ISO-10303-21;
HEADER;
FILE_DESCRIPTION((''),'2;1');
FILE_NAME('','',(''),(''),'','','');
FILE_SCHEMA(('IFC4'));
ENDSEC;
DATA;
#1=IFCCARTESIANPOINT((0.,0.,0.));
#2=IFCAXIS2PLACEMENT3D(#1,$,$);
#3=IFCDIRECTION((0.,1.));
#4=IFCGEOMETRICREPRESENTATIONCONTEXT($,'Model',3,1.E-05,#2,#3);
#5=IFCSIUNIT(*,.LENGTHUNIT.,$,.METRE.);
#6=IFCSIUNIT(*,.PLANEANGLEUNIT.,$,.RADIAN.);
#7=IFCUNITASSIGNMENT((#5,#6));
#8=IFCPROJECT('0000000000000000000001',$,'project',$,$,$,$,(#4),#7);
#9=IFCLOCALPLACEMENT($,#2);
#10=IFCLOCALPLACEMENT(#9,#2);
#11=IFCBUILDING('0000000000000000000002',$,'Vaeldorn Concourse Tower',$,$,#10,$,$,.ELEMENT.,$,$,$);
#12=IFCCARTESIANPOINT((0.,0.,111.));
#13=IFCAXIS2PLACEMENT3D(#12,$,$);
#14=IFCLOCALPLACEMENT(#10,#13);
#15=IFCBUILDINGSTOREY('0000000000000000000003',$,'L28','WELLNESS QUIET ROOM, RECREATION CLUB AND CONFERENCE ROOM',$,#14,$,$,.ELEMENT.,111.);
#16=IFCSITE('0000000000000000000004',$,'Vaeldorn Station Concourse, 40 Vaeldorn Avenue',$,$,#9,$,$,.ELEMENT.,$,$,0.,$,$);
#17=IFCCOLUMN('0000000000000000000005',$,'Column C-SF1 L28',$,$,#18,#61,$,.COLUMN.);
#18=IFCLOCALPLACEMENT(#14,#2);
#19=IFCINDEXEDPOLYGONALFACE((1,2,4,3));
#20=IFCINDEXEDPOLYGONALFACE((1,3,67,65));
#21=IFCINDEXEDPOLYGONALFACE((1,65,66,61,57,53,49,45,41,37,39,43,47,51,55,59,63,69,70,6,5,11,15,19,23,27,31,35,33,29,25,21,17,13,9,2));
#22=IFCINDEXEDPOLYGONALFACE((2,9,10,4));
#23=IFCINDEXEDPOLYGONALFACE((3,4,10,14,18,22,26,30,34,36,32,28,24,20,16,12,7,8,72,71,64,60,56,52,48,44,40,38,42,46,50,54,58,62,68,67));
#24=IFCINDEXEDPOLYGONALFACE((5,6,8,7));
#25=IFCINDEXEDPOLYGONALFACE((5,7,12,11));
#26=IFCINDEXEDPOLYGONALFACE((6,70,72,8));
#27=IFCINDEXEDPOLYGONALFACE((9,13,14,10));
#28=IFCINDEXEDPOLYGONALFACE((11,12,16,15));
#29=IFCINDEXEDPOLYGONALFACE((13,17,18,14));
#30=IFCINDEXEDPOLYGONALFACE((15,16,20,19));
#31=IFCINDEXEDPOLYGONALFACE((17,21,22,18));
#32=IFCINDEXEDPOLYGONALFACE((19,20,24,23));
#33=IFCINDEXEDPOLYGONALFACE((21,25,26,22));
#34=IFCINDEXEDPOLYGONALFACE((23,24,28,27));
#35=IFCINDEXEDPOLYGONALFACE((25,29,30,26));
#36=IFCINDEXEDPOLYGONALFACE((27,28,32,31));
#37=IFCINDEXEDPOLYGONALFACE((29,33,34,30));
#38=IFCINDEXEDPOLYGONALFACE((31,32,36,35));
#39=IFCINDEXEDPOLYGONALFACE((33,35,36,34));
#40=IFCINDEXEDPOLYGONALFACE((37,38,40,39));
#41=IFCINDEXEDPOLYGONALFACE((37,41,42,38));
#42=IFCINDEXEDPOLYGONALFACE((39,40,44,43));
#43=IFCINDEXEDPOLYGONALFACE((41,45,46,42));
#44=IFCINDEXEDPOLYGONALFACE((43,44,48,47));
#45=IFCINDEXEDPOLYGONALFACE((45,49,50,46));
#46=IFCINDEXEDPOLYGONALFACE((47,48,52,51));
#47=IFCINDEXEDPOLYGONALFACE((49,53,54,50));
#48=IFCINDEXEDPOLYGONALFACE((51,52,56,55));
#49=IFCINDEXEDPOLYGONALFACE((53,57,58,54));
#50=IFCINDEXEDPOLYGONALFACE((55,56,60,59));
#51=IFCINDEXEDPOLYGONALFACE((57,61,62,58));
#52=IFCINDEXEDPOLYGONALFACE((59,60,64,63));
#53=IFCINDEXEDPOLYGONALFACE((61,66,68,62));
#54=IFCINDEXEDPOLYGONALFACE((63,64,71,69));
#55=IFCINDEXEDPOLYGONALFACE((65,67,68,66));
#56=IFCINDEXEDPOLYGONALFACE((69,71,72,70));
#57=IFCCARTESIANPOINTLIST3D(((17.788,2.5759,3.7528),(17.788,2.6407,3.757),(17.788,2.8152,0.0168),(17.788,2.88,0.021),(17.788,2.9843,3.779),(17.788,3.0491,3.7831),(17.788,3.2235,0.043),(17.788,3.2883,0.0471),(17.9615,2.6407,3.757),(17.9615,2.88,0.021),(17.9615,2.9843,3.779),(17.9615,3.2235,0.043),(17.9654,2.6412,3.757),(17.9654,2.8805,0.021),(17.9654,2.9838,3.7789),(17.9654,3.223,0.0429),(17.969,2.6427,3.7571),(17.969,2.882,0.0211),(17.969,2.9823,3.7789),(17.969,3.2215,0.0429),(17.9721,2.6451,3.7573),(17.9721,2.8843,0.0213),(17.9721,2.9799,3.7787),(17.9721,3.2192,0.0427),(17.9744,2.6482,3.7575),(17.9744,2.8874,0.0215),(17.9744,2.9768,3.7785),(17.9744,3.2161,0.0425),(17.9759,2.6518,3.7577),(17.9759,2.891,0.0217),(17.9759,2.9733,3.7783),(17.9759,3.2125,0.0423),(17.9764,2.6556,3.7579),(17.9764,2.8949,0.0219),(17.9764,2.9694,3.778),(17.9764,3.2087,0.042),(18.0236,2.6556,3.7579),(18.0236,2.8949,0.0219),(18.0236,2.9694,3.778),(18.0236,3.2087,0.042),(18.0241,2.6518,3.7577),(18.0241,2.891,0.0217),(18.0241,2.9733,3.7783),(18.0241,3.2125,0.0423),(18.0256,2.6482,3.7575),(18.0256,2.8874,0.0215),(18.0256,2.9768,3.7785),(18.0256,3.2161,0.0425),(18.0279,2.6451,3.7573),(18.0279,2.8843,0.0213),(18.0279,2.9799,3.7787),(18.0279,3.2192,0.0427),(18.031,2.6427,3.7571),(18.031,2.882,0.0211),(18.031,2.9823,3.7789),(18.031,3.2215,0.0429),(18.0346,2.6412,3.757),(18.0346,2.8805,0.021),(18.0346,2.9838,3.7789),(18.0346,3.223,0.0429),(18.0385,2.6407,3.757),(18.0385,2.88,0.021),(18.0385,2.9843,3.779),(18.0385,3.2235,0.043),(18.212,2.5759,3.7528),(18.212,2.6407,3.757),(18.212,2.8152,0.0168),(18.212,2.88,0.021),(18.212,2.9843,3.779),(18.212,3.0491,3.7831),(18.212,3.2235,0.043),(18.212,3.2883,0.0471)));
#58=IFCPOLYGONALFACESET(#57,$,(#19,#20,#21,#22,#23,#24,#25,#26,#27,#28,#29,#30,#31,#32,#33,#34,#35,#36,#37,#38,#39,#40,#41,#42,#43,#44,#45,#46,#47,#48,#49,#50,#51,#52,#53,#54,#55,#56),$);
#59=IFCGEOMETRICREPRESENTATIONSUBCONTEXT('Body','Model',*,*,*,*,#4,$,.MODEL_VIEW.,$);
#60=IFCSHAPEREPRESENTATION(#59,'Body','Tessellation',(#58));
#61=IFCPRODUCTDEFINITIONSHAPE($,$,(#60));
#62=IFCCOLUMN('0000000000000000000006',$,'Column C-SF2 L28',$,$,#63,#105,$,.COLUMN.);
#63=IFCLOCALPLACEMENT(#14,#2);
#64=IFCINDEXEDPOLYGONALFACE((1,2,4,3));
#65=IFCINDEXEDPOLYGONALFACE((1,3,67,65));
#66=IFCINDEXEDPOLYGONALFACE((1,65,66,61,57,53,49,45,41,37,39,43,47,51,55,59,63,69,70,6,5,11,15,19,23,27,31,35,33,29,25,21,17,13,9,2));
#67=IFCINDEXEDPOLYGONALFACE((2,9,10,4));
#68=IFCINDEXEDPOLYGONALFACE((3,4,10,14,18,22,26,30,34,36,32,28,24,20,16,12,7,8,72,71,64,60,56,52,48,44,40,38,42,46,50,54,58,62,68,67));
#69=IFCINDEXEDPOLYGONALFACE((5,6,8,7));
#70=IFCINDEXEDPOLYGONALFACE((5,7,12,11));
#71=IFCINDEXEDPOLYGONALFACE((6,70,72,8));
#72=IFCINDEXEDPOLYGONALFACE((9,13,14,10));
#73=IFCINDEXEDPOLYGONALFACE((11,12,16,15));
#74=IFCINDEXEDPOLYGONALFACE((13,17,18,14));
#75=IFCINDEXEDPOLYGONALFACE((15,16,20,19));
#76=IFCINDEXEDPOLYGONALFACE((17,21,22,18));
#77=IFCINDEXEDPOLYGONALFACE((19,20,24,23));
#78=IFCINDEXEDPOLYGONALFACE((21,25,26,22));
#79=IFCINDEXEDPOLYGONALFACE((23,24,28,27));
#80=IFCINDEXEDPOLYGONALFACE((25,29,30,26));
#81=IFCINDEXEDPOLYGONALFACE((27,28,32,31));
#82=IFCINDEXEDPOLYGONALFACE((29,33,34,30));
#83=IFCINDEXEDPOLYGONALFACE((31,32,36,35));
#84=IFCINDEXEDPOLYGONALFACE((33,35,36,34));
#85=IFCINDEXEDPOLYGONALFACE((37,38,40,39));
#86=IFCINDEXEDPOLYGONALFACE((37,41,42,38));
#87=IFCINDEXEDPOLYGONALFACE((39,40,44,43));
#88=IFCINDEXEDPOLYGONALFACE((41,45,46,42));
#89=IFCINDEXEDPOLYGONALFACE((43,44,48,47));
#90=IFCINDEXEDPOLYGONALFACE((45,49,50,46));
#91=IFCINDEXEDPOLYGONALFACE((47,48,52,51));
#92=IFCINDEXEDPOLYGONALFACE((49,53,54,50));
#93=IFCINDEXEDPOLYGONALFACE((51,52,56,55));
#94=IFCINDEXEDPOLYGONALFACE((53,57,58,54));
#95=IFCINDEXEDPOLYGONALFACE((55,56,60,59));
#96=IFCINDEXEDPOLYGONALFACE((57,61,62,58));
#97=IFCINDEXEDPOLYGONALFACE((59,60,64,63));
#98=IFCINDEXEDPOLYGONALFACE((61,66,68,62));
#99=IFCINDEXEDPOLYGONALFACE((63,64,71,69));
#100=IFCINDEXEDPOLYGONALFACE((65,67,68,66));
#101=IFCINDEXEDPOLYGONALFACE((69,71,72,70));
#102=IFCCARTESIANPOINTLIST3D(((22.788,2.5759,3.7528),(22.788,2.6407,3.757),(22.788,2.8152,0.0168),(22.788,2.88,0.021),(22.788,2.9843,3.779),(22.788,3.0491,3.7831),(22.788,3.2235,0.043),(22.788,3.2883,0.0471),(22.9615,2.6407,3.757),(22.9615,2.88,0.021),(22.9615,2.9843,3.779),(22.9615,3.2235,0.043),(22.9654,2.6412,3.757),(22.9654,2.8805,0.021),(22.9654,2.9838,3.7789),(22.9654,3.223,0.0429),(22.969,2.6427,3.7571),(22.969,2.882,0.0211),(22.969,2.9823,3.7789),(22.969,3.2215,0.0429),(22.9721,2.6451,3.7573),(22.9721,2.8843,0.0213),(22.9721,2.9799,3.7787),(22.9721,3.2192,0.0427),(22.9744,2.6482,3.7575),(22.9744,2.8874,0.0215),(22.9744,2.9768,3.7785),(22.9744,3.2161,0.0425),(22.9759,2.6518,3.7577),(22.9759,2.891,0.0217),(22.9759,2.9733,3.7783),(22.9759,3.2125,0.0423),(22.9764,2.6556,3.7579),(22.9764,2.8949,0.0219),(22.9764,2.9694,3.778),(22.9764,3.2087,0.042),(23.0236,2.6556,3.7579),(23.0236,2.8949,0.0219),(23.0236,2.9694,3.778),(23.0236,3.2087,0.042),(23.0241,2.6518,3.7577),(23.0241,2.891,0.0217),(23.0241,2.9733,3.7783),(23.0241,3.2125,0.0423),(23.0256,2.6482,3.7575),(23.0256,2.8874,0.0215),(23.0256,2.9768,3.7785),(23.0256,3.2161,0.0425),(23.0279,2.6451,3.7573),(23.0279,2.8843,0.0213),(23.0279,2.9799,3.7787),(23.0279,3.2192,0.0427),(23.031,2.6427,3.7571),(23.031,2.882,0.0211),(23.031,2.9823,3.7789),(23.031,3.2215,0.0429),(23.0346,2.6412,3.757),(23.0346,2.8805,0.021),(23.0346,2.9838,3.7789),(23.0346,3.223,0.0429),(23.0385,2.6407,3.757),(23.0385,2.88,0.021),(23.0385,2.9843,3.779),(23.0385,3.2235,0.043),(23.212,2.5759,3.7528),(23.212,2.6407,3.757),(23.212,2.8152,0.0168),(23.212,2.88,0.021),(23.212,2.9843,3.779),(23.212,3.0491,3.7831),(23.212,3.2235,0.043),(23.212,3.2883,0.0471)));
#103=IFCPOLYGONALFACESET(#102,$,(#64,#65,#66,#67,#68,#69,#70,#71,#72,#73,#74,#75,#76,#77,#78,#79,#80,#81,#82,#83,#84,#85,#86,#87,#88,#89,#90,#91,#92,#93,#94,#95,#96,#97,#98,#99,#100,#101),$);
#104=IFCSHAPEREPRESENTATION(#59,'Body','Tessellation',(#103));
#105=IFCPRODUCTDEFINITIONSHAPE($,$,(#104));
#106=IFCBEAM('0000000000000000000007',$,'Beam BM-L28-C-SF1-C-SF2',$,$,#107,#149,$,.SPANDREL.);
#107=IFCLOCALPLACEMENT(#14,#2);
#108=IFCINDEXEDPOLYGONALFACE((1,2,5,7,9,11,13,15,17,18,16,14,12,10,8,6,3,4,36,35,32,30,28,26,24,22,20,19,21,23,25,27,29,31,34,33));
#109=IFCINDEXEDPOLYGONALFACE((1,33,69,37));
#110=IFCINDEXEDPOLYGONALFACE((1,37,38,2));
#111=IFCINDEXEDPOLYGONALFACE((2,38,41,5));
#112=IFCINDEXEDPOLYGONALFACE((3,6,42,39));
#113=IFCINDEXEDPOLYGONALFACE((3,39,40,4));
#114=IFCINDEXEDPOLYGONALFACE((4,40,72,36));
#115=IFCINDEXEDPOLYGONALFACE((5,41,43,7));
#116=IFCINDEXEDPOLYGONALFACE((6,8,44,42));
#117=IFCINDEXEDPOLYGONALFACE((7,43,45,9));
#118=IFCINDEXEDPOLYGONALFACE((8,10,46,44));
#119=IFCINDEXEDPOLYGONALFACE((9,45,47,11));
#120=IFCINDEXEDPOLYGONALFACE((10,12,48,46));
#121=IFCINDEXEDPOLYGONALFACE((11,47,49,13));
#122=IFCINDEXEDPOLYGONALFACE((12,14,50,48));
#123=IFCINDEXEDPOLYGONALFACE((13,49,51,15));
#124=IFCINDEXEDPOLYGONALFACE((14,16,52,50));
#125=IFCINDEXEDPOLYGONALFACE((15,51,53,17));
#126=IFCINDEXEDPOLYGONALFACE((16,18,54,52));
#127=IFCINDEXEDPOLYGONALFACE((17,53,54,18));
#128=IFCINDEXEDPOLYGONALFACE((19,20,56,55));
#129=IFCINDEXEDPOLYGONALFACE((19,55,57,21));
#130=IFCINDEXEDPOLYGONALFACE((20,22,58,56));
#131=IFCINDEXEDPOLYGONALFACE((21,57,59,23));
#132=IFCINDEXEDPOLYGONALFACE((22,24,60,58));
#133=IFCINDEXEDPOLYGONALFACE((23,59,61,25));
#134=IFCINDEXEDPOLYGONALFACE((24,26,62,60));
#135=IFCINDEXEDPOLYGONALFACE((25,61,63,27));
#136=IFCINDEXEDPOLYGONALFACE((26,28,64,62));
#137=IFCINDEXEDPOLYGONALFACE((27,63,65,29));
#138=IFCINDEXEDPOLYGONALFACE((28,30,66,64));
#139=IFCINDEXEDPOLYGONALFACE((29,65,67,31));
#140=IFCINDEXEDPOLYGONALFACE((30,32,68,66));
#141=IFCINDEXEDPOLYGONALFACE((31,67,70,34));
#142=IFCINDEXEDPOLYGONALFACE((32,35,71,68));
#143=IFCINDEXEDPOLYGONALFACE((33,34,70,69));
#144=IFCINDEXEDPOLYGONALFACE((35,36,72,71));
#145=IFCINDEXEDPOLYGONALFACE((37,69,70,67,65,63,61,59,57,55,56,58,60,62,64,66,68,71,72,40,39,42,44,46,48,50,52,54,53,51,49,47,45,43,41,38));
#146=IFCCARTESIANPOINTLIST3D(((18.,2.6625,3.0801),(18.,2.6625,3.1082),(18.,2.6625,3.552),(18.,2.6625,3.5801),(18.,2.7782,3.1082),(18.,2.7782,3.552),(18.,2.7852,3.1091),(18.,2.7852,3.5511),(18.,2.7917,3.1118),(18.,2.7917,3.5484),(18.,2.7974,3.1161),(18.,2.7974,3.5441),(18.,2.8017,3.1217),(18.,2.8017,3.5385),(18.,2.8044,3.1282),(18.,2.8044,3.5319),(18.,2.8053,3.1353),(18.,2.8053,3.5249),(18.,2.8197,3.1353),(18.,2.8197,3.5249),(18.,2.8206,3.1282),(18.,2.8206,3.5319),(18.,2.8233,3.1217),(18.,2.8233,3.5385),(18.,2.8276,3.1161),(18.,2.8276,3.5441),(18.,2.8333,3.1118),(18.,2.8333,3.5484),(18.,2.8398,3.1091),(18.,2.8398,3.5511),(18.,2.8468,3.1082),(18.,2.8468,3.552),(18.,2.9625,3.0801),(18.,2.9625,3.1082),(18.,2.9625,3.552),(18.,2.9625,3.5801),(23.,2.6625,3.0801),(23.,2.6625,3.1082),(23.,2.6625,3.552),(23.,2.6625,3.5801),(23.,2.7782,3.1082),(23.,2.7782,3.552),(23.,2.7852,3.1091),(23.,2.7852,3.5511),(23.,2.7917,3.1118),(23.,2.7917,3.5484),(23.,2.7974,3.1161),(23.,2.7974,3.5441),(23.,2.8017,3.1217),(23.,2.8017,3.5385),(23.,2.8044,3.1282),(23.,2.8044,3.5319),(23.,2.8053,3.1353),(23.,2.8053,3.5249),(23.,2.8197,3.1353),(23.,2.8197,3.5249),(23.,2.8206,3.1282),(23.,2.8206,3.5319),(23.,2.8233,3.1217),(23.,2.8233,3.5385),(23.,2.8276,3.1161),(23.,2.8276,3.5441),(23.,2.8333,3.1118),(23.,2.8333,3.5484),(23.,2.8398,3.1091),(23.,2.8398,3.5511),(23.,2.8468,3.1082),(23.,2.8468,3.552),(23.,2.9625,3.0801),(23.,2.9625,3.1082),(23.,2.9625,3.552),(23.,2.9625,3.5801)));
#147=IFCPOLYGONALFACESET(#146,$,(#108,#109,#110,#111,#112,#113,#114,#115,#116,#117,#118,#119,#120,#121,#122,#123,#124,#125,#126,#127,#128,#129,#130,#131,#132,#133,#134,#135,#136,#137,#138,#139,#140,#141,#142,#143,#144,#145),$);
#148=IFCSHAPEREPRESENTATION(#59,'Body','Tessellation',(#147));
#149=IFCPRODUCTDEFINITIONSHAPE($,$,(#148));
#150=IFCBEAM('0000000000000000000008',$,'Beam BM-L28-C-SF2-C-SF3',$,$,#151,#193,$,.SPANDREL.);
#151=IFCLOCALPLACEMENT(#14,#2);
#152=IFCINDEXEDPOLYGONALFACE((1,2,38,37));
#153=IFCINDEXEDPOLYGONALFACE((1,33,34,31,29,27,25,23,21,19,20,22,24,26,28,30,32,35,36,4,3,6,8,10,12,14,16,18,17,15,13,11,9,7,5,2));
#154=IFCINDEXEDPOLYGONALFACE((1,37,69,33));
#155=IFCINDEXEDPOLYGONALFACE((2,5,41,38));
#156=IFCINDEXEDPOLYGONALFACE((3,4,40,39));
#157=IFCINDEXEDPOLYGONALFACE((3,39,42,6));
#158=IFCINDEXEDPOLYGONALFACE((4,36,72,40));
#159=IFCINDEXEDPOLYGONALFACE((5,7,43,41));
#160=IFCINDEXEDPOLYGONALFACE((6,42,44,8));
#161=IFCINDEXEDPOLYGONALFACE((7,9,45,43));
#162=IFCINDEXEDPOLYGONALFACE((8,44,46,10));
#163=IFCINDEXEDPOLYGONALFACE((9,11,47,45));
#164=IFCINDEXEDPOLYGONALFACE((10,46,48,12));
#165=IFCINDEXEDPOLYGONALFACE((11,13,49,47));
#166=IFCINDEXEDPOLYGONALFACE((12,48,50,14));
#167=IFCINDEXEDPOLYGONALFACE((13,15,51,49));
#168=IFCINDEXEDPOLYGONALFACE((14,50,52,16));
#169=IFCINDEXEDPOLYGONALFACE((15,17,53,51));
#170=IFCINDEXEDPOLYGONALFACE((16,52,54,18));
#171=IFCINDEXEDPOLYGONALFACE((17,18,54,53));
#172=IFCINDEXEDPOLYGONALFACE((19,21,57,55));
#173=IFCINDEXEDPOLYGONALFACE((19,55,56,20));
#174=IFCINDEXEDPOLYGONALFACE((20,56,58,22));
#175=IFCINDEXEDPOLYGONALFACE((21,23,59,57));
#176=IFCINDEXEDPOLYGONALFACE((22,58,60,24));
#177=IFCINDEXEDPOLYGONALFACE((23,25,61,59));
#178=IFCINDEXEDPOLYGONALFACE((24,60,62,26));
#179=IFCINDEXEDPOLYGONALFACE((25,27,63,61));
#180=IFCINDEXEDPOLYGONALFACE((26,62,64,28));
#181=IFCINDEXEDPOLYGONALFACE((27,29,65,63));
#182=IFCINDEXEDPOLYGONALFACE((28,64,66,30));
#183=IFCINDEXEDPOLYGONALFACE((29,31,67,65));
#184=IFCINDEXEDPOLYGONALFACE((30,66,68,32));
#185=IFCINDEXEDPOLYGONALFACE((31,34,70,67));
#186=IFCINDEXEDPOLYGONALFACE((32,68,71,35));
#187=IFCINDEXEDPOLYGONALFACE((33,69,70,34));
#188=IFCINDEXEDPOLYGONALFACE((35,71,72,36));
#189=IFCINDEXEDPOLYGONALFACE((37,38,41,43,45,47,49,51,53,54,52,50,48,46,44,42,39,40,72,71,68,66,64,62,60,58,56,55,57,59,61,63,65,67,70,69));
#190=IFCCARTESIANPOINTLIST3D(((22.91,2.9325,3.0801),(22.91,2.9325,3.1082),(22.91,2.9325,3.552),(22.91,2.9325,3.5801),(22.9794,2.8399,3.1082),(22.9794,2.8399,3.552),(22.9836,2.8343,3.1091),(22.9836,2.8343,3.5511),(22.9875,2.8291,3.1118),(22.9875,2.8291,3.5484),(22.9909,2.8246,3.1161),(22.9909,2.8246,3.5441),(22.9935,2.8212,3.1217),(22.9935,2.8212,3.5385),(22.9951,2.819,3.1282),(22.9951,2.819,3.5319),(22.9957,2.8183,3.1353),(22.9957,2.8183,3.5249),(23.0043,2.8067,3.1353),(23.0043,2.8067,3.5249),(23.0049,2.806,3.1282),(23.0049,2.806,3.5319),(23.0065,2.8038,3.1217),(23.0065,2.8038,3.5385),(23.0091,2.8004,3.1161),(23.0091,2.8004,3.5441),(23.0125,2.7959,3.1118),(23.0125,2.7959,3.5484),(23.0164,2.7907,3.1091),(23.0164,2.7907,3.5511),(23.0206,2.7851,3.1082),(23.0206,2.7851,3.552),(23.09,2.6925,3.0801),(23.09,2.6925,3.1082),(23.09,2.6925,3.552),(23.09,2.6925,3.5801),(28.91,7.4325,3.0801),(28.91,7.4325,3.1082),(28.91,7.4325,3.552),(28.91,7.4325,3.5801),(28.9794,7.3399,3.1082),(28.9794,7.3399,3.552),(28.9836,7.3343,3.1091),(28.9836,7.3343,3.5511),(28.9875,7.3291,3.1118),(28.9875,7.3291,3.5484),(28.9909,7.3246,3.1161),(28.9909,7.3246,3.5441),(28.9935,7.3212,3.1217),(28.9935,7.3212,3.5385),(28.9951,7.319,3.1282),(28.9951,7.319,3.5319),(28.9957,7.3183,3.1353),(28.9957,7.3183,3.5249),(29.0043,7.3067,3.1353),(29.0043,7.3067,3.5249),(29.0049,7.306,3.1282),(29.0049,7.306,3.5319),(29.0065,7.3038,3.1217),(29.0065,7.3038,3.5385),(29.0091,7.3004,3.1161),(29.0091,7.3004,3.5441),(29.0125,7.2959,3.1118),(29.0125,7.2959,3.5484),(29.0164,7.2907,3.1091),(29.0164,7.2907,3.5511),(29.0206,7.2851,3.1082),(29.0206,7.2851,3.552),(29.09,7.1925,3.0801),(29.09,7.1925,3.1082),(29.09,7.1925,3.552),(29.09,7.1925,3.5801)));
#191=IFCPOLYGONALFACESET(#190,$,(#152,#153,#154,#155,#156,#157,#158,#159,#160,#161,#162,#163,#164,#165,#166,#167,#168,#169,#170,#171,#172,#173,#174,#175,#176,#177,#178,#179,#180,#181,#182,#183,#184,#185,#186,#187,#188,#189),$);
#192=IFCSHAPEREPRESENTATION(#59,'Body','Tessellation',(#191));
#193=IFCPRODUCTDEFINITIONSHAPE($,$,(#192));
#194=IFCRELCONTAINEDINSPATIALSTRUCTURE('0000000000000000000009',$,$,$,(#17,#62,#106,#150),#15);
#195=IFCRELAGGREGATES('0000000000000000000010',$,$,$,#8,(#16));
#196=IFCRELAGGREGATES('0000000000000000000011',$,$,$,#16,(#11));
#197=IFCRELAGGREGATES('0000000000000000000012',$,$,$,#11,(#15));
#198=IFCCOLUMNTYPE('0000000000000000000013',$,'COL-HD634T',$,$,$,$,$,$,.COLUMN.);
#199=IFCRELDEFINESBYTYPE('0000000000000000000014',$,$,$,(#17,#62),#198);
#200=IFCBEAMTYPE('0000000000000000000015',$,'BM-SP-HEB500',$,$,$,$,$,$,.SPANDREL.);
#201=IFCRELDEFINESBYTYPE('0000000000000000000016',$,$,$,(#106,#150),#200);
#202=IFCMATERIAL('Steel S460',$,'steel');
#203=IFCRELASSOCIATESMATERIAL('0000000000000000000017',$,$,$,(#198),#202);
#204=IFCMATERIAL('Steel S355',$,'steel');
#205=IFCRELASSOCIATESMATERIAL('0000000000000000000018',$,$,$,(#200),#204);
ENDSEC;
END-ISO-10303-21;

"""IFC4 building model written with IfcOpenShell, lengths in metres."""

from ifc_helpers import new_model, si_unit, direction, frame, origin, origin_2d, place, context, subcontext, project, spatial, i_section, extrude, source, transform, mapped, material, material_profile, profile_set, type_object, element, save


model = new_model("IFC4")

# Units and contexts
model_context = context("Model", 3, precision=1e-05, world=origin(), true_north=direction((0.0, 1.0)))
body_context = subcontext(model_context, "Body", "Model", "MODEL_VIEW")
ifc_project = project(units=[si_unit("LENGTHUNIT", "METRE"), si_unit("PLANEANGLEUNIT", "RADIAN")], contexts=[model_context])

# Site, building, storey
site_placement = place(None, origin())
site = spatial("IfcSite", under=ifc_project, at=site_placement, Name="Vaeldorn Station Concourse, 40 Vaeldorn Avenue", CompositionType="ELEMENT", RefElevation=0.0)
building_placement = place(site_placement, origin())
building = spatial("IfcBuilding", under=site, at=building_placement, Name="Vaeldorn Concourse Tower", CompositionType="ELEMENT")
storey_placement = place(building_placement, frame((0.0, 0.0, 111.0)))
storey = spatial("IfcBuildingStorey", under=building, at=storey_placement, Name="L28", Description="WELLNESS QUIET ROOM, RECREATION CLUB AND CONFERENCE ROOM", CompositionType="ELEMENT", Elevation=111.0)

# Columns
ifc_material_1 = material(Name="Steel S460", Category="steel")
ifc_material_profile_1 = material_profile(ifc_material_1, i_section(OverallWidth=0.4241, OverallDepth=0.4741, WebThickness=0.0471, FlangeThickness=0.0649, FilletRadius=0.0149, at=origin_2d()), Name="HD 400x634")
ifc_profile_set_1 = profile_set([ifc_material_profile_1], Name="Steel S460")
column_type = type_object("IfcColumnType", Name="COL-HD634T", PredefinedType="COLUMN", material=ifc_profile_set_1)
shared_shape_1 = source(origin(), body_context, "Body", "SweptSolid", [
    extrude(i_section(OverallWidth=0.4241, OverallDepth=0.4741, WebThickness=0.0471, FlangeThickness=0.0649, FilletRadius=0.0149, at=origin_2d()), origin(), (0.0, 0.0, 1.0), 3.7437),
])
for number, where, z_axis, x_axis, name in (
    (1, (18.0, 3.0518, 0.032), (0.0, -0.063909, 0.997956), (1.0, 0.0, 0.0), "Column C-SF1 L28"),
    (2, (23.0, 3.0518, 0.032), (0.0, -0.063909, 0.997956), (1.0, 0.0, 0.0), "Column C-SF2 L28"),
):
    element("IfcColumn", number, at=place(storey_placement, frame(where, z_axis=z_axis, x_axis=x_axis)), inside=storey, type_object=column_type, Name=name, PredefinedType="COLUMN", context=body_context, shape_type="MappedRepresentation", body=[
        mapped(shared_shape_1, transform((0.0, 0.0, 0.0), scale=1.0)),
    ])

# Beams
ifc_material_2 = material(Name="Steel S355", Category="steel")
ifc_material_profile_2 = material_profile(ifc_material_2, i_section(OverallWidth=0.3, OverallDepth=0.5, WebThickness=0.0144, FlangeThickness=0.0281, FilletRadius=0.0271, at=origin_2d()), Name="HEB 500")
ifc_profile_set_2 = profile_set([ifc_material_profile_2], Name="Steel S355")
beam_type_1 = type_object("IfcBeamType", Name="BM-SP-HEB500", PredefinedType="SPANDREL", material=ifc_profile_set_2)
shared_shape_2 = source(origin(), body_context, "Body", "SweptSolid", [
    extrude(i_section(OverallWidth=0.3, OverallDepth=0.5, WebThickness=0.0144, FlangeThickness=0.0281, FilletRadius=0.0271, at=origin_2d()), origin(), (0.0, 0.0, 1.0), 5.0),
])
beam_1_placement = place(storey_placement, frame((18.0, 2.8125, 3.3301), z_axis=(1.0, 0.0, 0.0), x_axis=(0.0, 1.0, 0.0)))
element("IfcBeam", 3, at=beam_1_placement, inside=storey, type_object=beam_type_1, Name="Beam BM-L28-C-SF1-C-SF2", PredefinedType="SPANDREL", context=body_context, shape_type="MappedRepresentation", body=[
    mapped(shared_shape_2, transform((0.0, 0.0, 0.0), scale=1.0)),
])
shared_shape_3 = source(origin(), body_context, "Body", "SweptSolid", [
    extrude(i_section(OverallWidth=0.3, OverallDepth=0.5, WebThickness=0.0144, FlangeThickness=0.0281, FilletRadius=0.0271, at=origin_2d()), origin(), (0.0, 0.0, 1.0), 7.5),
])
beam_2_placement = place(storey_placement, frame((23.0, 2.8125, 3.3301), z_axis=(0.8, 0.6, 0.0), x_axis=(-0.6, 0.8, 0.0)))
element("IfcBeam", 4, at=beam_2_placement, inside=storey, type_object=beam_type_1, Name="Beam BM-L28-C-SF2-C-SF3", PredefinedType="SPANDREL", context=body_context, shape_type="MappedRepresentation", body=[
    mapped(shared_shape_3, transform((0.0, 0.0, 0.0), scale=1.0)),
])

save(model, "model.ifc")
